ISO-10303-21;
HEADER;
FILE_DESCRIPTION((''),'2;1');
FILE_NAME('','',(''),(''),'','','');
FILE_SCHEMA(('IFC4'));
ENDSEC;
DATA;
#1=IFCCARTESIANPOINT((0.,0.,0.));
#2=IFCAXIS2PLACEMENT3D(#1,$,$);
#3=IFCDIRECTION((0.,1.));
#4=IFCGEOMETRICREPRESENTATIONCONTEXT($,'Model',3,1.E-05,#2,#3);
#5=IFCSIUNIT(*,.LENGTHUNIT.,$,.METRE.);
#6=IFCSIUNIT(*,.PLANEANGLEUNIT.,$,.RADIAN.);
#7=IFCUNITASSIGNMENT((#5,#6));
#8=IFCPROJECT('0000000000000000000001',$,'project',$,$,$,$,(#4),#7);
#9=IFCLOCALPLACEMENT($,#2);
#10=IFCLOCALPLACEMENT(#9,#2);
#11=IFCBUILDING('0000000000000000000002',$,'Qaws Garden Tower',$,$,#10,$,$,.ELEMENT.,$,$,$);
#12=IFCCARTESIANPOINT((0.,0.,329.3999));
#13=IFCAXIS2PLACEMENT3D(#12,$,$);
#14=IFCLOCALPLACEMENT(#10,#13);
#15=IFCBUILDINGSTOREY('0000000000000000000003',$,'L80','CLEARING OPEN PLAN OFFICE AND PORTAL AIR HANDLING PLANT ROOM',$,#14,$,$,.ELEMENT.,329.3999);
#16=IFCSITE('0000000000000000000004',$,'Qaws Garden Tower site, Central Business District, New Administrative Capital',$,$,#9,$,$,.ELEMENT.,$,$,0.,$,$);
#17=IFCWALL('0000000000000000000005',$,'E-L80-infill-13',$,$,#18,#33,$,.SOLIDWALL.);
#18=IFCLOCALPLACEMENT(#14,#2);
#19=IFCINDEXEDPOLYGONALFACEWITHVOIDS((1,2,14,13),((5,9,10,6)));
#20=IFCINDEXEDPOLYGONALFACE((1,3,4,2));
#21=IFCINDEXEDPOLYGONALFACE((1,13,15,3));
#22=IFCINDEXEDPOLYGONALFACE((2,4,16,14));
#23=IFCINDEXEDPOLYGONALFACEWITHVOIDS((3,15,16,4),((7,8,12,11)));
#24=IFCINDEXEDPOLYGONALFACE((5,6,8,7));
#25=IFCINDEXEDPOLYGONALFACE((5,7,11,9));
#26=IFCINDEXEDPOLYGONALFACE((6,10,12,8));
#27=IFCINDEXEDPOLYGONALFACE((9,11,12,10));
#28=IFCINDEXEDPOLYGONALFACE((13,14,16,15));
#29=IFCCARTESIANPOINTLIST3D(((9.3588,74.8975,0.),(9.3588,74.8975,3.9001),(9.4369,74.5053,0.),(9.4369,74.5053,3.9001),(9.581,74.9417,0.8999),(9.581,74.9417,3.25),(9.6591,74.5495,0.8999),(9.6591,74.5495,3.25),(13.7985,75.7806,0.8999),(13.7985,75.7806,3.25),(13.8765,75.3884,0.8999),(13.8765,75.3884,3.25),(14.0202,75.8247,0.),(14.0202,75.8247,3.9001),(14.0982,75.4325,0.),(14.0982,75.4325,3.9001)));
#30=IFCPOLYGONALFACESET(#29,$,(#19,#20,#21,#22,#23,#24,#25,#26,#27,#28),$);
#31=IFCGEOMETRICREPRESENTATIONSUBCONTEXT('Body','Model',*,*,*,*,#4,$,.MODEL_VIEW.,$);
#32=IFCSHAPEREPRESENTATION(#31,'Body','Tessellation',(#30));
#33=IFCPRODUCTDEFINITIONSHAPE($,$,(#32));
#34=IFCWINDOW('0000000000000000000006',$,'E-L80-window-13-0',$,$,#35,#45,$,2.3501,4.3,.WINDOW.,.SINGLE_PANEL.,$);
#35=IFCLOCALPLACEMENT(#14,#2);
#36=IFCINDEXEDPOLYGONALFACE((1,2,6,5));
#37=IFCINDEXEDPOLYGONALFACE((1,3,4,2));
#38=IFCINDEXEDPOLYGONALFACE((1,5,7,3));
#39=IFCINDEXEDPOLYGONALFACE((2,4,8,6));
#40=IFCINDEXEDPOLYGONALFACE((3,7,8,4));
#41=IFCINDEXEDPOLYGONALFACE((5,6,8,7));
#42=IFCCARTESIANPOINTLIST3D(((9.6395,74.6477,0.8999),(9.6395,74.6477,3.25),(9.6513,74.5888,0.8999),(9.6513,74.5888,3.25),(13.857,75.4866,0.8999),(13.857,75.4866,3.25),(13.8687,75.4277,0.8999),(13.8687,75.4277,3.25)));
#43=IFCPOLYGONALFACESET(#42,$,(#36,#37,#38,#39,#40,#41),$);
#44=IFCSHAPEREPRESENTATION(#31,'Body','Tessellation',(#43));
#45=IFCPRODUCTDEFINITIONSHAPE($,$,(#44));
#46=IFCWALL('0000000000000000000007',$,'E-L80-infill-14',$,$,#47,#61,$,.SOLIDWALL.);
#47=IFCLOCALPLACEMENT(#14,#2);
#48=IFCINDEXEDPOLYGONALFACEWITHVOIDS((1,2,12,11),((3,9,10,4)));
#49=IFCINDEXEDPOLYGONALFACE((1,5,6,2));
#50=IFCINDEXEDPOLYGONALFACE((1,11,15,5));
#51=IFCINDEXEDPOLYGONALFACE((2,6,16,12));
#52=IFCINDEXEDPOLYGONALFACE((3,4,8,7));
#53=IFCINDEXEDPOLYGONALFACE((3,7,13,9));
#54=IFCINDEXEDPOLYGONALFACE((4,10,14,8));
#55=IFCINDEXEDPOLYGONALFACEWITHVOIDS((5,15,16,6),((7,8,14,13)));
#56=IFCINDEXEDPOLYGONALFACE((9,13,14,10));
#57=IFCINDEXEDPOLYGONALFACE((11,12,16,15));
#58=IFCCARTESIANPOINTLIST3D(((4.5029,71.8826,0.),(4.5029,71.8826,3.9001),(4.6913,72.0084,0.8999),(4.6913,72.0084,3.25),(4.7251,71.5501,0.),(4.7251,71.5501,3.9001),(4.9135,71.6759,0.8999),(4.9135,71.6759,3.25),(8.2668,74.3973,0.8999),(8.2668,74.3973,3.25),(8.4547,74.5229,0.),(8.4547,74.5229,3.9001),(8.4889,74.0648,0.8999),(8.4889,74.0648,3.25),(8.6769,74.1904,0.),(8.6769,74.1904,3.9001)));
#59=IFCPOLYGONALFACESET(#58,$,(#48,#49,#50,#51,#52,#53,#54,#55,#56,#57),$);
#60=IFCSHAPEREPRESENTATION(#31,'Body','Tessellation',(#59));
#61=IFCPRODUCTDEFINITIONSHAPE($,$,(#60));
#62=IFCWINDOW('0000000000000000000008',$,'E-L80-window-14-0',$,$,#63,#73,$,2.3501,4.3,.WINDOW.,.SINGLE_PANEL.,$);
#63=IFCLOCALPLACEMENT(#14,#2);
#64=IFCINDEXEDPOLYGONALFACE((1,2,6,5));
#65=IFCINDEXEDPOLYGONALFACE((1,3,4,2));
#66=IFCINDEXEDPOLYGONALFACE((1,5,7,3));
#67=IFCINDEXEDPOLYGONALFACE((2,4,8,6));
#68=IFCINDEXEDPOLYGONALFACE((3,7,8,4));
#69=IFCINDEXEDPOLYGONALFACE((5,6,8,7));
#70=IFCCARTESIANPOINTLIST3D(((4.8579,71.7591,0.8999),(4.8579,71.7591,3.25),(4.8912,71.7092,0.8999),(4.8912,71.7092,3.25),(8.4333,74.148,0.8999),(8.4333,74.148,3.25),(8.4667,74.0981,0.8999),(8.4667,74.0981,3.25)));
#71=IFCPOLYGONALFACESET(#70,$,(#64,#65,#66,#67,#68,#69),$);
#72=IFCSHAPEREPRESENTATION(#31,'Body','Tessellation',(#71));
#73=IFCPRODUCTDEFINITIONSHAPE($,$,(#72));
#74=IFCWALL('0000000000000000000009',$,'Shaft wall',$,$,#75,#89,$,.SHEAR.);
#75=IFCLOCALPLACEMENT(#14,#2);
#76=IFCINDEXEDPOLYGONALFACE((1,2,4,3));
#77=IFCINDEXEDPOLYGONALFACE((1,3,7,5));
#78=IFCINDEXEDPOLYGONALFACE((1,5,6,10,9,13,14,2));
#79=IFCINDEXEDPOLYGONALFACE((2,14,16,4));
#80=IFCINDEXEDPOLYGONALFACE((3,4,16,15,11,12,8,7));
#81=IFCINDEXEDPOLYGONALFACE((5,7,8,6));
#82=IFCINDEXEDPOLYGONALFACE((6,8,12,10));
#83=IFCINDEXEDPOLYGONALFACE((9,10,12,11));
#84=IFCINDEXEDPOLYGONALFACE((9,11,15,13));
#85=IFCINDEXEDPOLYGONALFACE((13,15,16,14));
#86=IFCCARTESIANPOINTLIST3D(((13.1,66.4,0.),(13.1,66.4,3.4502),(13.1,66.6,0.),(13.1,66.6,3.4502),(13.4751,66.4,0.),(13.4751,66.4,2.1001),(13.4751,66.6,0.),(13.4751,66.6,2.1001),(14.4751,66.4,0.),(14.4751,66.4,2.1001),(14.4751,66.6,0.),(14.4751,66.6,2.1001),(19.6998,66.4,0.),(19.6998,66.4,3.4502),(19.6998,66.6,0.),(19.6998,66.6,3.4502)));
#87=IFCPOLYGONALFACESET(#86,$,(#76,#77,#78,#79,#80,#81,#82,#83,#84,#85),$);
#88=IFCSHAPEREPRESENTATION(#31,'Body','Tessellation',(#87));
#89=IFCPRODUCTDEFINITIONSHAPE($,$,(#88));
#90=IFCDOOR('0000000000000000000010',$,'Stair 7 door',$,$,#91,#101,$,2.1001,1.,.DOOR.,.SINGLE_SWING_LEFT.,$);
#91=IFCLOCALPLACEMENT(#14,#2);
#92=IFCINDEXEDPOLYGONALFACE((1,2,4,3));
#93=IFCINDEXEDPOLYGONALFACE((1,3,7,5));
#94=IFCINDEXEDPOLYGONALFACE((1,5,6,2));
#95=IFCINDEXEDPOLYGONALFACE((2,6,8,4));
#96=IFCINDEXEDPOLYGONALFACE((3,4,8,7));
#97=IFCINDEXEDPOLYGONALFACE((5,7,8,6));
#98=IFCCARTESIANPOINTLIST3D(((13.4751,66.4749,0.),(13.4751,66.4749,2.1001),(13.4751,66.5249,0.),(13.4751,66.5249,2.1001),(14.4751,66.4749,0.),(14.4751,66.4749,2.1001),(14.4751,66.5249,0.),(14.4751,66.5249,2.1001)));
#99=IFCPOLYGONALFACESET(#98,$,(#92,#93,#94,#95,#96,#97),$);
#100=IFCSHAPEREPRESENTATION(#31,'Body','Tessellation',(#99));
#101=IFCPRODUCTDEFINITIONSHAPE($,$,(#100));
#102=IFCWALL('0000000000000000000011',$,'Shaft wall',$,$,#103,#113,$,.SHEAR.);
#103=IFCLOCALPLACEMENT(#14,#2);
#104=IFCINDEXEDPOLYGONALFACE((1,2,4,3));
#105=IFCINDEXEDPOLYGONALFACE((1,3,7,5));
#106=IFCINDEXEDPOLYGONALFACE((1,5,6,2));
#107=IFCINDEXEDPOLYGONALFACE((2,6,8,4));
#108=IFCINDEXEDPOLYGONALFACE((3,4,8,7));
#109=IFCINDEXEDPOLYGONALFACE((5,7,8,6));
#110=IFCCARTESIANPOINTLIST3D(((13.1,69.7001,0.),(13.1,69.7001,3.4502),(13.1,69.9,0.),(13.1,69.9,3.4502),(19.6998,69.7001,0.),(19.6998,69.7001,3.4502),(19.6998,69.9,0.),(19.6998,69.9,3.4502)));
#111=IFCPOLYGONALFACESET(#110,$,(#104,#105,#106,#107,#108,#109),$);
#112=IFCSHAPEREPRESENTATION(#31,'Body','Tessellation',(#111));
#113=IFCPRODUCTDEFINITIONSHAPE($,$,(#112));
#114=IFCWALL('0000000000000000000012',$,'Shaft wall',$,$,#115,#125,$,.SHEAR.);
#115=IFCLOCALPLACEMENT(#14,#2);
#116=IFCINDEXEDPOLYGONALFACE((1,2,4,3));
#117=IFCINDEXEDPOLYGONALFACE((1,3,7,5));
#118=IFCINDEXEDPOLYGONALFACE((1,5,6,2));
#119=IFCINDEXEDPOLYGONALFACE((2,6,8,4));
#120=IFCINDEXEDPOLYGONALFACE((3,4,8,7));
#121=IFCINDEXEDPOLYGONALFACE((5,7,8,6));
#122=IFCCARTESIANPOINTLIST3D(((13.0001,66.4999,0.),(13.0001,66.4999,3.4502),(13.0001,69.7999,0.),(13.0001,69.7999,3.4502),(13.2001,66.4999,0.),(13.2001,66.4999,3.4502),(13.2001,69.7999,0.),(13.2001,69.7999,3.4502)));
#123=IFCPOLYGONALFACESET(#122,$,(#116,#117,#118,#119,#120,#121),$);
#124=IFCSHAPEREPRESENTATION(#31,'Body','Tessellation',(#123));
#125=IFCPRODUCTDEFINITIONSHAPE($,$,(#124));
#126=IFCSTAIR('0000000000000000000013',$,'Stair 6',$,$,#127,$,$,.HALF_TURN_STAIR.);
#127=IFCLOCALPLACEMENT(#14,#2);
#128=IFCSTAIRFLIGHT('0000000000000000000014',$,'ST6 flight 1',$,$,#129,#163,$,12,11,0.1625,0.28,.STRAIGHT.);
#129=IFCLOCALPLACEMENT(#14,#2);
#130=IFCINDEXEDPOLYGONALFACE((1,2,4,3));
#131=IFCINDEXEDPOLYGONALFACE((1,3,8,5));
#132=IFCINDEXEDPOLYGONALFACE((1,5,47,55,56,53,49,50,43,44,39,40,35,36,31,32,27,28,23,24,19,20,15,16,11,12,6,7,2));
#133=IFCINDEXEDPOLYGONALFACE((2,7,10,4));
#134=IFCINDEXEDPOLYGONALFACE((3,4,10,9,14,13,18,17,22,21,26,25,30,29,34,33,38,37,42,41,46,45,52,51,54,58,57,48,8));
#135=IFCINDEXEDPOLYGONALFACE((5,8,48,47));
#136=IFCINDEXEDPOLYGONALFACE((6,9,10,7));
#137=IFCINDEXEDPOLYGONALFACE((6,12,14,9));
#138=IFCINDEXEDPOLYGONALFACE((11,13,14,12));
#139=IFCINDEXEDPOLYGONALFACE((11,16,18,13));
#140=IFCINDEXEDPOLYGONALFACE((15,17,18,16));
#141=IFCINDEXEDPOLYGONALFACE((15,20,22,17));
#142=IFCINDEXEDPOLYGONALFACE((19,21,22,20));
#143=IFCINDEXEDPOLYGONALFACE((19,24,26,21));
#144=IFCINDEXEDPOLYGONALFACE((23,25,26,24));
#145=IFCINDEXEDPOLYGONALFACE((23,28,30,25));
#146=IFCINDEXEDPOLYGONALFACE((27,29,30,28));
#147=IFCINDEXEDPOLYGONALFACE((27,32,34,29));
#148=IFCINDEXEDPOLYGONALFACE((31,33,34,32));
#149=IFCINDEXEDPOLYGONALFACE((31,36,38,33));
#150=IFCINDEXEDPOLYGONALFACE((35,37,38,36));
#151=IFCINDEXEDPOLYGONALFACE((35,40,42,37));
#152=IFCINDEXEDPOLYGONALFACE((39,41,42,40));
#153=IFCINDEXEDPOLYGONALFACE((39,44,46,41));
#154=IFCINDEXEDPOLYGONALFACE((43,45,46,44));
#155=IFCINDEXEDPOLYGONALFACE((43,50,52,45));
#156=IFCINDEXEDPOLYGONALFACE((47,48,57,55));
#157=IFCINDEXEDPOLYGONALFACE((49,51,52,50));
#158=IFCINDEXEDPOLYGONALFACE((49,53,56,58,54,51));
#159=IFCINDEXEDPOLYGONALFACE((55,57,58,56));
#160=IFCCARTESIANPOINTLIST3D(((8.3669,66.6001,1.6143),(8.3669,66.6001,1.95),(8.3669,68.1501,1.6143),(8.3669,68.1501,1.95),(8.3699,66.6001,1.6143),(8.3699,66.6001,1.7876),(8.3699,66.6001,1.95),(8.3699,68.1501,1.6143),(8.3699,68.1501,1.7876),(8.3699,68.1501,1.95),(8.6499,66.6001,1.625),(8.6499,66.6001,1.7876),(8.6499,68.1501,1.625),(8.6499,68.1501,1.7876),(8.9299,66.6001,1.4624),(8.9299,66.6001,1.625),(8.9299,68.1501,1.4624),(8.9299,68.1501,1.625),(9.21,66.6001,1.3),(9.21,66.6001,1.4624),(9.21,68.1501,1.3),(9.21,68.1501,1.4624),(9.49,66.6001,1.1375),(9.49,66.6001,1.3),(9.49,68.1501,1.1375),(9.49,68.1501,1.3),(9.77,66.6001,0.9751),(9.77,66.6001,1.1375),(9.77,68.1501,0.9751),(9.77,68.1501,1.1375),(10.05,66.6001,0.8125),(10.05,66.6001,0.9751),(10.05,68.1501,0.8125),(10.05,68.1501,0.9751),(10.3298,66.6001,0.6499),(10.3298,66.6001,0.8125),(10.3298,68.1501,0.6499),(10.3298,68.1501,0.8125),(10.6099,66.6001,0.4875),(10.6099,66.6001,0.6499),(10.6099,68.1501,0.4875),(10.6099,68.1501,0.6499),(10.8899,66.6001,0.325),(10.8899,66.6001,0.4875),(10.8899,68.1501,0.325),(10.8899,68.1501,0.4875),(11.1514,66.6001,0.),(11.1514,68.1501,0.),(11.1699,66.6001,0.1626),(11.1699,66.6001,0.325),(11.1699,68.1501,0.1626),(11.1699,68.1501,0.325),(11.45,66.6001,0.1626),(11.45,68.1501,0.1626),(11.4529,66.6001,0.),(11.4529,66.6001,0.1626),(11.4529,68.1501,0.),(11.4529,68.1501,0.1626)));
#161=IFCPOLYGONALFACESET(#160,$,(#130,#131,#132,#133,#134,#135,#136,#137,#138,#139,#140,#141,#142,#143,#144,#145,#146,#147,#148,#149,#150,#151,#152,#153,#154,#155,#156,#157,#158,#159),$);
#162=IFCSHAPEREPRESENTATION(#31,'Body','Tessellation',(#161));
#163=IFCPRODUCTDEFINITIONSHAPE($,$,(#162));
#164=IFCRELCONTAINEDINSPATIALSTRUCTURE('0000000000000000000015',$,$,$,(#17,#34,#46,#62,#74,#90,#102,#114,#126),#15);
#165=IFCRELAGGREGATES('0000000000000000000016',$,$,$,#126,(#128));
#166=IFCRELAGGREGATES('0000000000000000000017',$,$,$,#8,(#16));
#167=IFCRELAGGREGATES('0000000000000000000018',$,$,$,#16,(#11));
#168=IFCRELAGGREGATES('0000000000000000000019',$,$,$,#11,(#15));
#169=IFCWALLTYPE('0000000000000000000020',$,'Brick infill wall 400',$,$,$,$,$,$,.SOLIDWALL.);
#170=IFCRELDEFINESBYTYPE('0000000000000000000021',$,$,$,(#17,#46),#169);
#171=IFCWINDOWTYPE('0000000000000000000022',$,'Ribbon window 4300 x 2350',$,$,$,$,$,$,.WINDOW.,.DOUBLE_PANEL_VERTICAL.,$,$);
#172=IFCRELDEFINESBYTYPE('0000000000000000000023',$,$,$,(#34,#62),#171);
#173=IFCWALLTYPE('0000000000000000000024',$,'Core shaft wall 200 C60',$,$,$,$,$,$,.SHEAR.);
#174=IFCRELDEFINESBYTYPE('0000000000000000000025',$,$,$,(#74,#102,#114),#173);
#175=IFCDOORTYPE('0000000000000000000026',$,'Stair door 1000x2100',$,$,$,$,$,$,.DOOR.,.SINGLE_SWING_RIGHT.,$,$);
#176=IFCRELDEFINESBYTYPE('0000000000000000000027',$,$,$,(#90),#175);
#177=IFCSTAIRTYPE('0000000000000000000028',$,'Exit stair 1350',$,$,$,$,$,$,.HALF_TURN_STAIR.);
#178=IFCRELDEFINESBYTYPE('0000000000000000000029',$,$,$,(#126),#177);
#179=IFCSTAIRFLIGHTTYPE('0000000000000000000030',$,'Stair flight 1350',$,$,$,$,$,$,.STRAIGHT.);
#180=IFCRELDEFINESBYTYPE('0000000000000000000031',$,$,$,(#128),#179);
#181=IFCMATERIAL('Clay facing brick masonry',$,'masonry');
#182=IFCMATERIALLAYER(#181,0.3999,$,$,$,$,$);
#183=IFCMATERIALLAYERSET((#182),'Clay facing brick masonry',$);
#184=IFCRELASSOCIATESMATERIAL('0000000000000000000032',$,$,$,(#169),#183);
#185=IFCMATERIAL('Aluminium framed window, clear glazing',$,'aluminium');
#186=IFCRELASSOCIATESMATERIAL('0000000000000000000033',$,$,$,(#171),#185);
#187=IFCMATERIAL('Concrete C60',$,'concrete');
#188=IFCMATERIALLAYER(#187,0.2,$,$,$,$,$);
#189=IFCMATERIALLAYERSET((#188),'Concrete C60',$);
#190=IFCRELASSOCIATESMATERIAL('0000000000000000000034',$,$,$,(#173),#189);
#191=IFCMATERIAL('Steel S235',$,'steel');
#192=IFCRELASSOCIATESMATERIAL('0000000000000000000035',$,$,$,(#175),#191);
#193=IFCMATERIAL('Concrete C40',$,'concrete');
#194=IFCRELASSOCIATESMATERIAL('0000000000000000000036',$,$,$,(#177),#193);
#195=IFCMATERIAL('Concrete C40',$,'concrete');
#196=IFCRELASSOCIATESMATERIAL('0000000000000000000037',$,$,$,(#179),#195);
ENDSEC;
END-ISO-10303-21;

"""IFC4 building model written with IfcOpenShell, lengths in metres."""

from ifc_helpers import new_model, si_unit, direction, frame, frame_2d, origin, place, context, subcontext, project, spatial, polyline, rectangle, outline, extrude, material, layer, layer_set, type_object, element, fill, aggregate, save


model = new_model("IFC4")

# Units and contexts
model_context = context("Model", 3, precision=1e-05, world=origin(), true_north=direction((0.0, 1.0)))
body_context = subcontext(model_context, "Body", "Model", "MODEL_VIEW")
ifc_project = project(units=[si_unit("LENGTHUNIT", "METRE"), si_unit("PLANEANGLEUNIT", "RADIAN")], contexts=[model_context])

# Site, building, storey
site_placement = place(None, origin())
site = spatial("IfcSite", under=ifc_project, at=site_placement, Name="Qaws Garden Tower site, Central Business District, New Administrative Capital", CompositionType="ELEMENT", RefElevation=0.0)
building_placement = place(site_placement, origin())
building = spatial("IfcBuilding", under=site, at=building_placement, Name="Qaws Garden Tower", CompositionType="ELEMENT")
storey_placement = place(building_placement, frame((0.0, 0.0, 329.3999)))
storey = spatial("IfcBuildingStorey", under=building, at=storey_placement, Name="L80", Description="CLEARING OPEN PLAN OFFICE AND PORTAL AIR HANDLING PLANT ROOM", CompositionType="ELEMENT", Elevation=329.3999)

# Shared definitions
placement = place(storey_placement, origin())

# Walls, openings, windows
ifc_material_1 = material(Name="Clay facing brick masonry", Category="masonry")
ifc_layer_1 = layer(ifc_material_1, 0.3999)
ifc_layer_set_1 = layer_set([ifc_layer_1], Name="Clay facing brick masonry")
wall_type_1 = type_object("IfcWallType", Name="Brick infill wall 400", PredefinedType="SOLIDWALL", material=ifc_layer_set_1)
wall_1_placement = place(storey_placement, frame((14.0593, 75.6287, 0.0), z_axis=(0.0, 0.0, 1.0), x_axis=(-0.980784, -0.195099, 0.0)))
wall_1 = element("IfcWall", 1, at=wall_1_placement, inside=storey, type_object=wall_type_1, Name="E-L80-infill-13", PredefinedType="SOLIDWALL", context=body_context, shape_type="SweptSolid", body=[
    extrude(rectangle(XDim=4.7527, YDim=0.3999, at=frame_2d((2.3765, 0.0))), origin(), (0.0, 0.0, 1.0), 3.9001),
])
opening_1_placement = place(wall_1_placement, frame((0.2263, 0.0, 0.8999)))
opening_1 = element("IfcOpeningElement", 2, at=opening_1_placement, cuts=wall_1, PredefinedType="OPENING", context=body_context, shape_type="SweptSolid", body=[
    extrude(rectangle(XDim=4.3, YDim=2.3501, at=frame_2d((2.1499, 1.175))), frame((0.0, 0.21, 0.0), z_axis=(0.0, -1.0, 0.0), x_axis=(1.0, 0.0, 0.0)), (0.0, 0.0, 1.0), 0.4199),
])
ifc_material_2 = material(Name="Aluminium framed window, clear glazing", Category="aluminium")
window_type = type_object("IfcWindowType", Name="Ribbon window 4300 x 2350", PartitioningType="DOUBLE_PANEL_VERTICAL", PredefinedType="WINDOW", material=ifc_material_2)
window_1_placement = place(opening_1_placement, origin())
window_1 = element("IfcWindow", 3, at=window_1_placement, inside=storey, type_object=window_type, Name="E-L80-window-13-0", OverallHeight=2.3501, OverallWidth=4.3, PartitioningType="SINGLE_PANEL", PredefinedType="WINDOW", context=body_context, shape_type="SweptSolid", body=[
    extrude(rectangle(XDim=4.3, YDim=2.3501, at=frame_2d((2.1499, 1.175))), frame((0.0, 0.1599, 0.0), z_axis=(0.0, -1.0, 0.0), x_axis=(1.0, 0.0, 0.0)), (0.0, 0.0, 1.0), 0.0601),
])
fill(opening_1, window_1)
wall_2_placement = place(storey_placement, frame((8.5659, 74.3567, 0.0), z_axis=(0.0, 0.0, 1.0), x_axis=(-0.831489, -0.555542, 0.0)))
wall_2 = element("IfcWall", 4, at=wall_2_placement, inside=storey, type_object=wall_type_1, Name="E-L80-infill-14", PredefinedType="SOLIDWALL", context=body_context, shape_type="SweptSolid", body=[
    extrude(rectangle(XDim=4.7527, YDim=0.3999, at=frame_2d((2.3765, 0.0))), origin(), (0.0, 0.0, 1.0), 3.9001),
])
opening_2_placement = place(wall_2_placement, frame((0.2263, 0.0, 0.8999)))
opening_2 = element("IfcOpeningElement", 5, at=opening_2_placement, cuts=wall_2, PredefinedType="OPENING", context=body_context, shape_type="SweptSolid", body=[
    extrude(rectangle(XDim=4.3, YDim=2.3501, at=frame_2d((2.1499, 1.175))), frame((0.0, 0.21, 0.0), z_axis=(0.0, -1.0, 0.0), x_axis=(1.0, 0.0, 0.0)), (0.0, 0.0, 1.0), 0.4199),
])
window_2_placement = place(opening_2_placement, origin())
window_2 = element("IfcWindow", 6, at=window_2_placement, inside=storey, type_object=window_type, Name="E-L80-window-14-0", OverallHeight=2.3501, OverallWidth=4.3, PartitioningType="SINGLE_PANEL", PredefinedType="WINDOW", context=body_context, shape_type="SweptSolid", body=[
    extrude(rectangle(XDim=4.3, YDim=2.3501, at=frame_2d((2.1499, 1.175))), frame((0.0, 0.1599, 0.0), z_axis=(0.0, -1.0, 0.0), x_axis=(1.0, 0.0, 0.0)), (0.0, 0.0, 1.0), 0.0601),
])
fill(opening_2, window_2)

# Wall, opening, door
ifc_material_3 = material(Name="Concrete C60", Category="concrete")
ifc_layer_2 = layer(ifc_material_3, 0.2)
ifc_layer_set_2 = layer_set([ifc_layer_2], Name="Concrete C60")
wall_type_2 = type_object("IfcWallType", Name="Core shaft wall 200 C60", PredefinedType="SHEAR", material=ifc_layer_set_2)
wall_3_placement = place(storey_placement, frame((13.1001, 66.5, 0.0), z_axis=(0.0, 0.0, 1.0), x_axis=(1.0, 0.0, 0.0)))
wall_3 = element("IfcWall", 7, at=wall_3_placement, inside=storey, type_object=wall_type_2, Name="Shaft wall", PredefinedType="SHEAR", context=body_context, shape_type="SweptSolid", body=[
    extrude(rectangle(XDim=6.5999, YDim=0.2, at=frame_2d((3.2998, 0.0))), origin(), (0.0, 0.0, 1.0), 3.4502),
])
opening_3_placement = place(wall_3_placement, frame((0.375, 0.0, 0.0)))
opening_3 = element("IfcOpeningElement", 8, at=opening_3_placement, cuts=wall_3, PredefinedType="OPENING", context=body_context, shape_type="SweptSolid", body=[
    extrude(rectangle(XDim=1.0, YDim=2.1001, at=frame_2d((0.5, 1.05))), frame((0.0, 0.1099, 0.0), z_axis=(0.0, -1.0, 0.0), x_axis=(1.0, 0.0, 0.0)), (0.0, 0.0, 1.0), 0.22),
])
ifc_material_4 = material(Name="Steel S235", Category="steel")
door_type = type_object("IfcDoorType", Name="Stair door 1000x2100", OperationType="SINGLE_SWING_RIGHT", PredefinedType="DOOR", material=ifc_material_4)
door_placement = place(opening_3_placement, origin())
door = element("IfcDoor", 9, at=door_placement, inside=storey, type_object=door_type, Name="Stair 7 door", OperationType="SINGLE_SWING_LEFT", OverallHeight=2.1001, OverallWidth=1.0, PredefinedType="DOOR", context=body_context, shape_type="SweptSolid", body=[
    extrude(rectangle(XDim=1.0, YDim=2.1001, at=frame_2d((0.5, 1.05))), frame((0.0, 0.0249, 0.0), z_axis=(0.0, -1.0, 0.0), x_axis=(1.0, 0.0, 0.0)), (0.0, 0.0, 1.0), 0.05),
])
fill(opening_3, door)

# Walls
wall_4_placement = place(storey_placement, frame((13.1001, 69.8, 0.0), z_axis=(0.0, 0.0, 1.0), x_axis=(1.0, 0.0, 0.0)))
element("IfcWall", 10, at=wall_4_placement, inside=storey, type_object=wall_type_2, Name="Shaft wall", PredefinedType="SHEAR", context=body_context, shape_type="SweptSolid", body=[
    extrude(rectangle(XDim=6.5999, YDim=0.2, at=frame_2d((3.2998, 0.0))), origin(), (0.0, 0.0, 1.0), 3.4502),
])
wall_5_placement = place(storey_placement, frame((13.1001, 66.5, 0.0), z_axis=(0.0, 0.0, 1.0), x_axis=(0.0, 1.0, 0.0)))
element("IfcWall", 11, at=wall_5_placement, inside=storey, type_object=wall_type_2, Name="Shaft wall", PredefinedType="SHEAR", context=body_context, shape_type="SweptSolid", body=[
    extrude(rectangle(XDim=3.3, YDim=0.2, at=frame_2d((1.6499, 0.0))), origin(), (0.0, 0.0, 1.0), 3.4502),
])

# Stair, stair flight
ifc_material_5 = material(Name="Concrete C40", Category="concrete")
stair_type = type_object("IfcStairType", Name="Exit stair 1350", PredefinedType="HALF_TURN_STAIR", material=ifc_material_5)
stair = element("IfcStair", 12, at=placement, inside=storey, type_object=stair_type, Name="Stair 6", PredefinedType="HALF_TURN_STAIR")
ifc_material_6 = material(Name="Concrete C40", Category="concrete")
stair_flight_type = type_object("IfcStairFlightType", Name="Stair flight 1350", PredefinedType="STRAIGHT", material=ifc_material_6)
stair_flight_1_placement = place(storey_placement, frame((11.45, 67.375, 0.0), z_axis=(0.0, 0.0, 1.0), x_axis=(-1.0, 0.0, 0.0)))
stair_flight_1 = element("IfcStairFlight", 13, at=stair_flight_1_placement, type_object=stair_flight_type, Name="ST6 flight 1", NumberOfRisers=12, NumberOfTreads=11, PredefinedType="STRAIGHT", RiserHeight=0.1625, TreadLength=0.28, context=body_context, shape_type="SweptSolid", body=[
    extrude(outline(polyline([(-0.0029, 0.0), (-0.0029, 0.1626), (0.0, 0.1626), (0.28, 0.1626), (0.28, 0.325), (0.5601, 0.325), (0.5601, 0.4875), (0.8401, 0.4875), (0.8401, 0.6499), (1.1201, 0.6499), (1.1201, 0.8125), (1.3999, 0.8125), (1.3999, 0.9751), (1.6799, 0.9751), (1.6799, 1.1375), (1.96, 1.1375), (1.96, 1.3), (2.24, 1.3), (2.24, 1.4624), (2.52, 1.4624), (2.52, 1.625), (2.8, 1.625), (2.8, 1.7876), (3.0801, 1.7876), (3.0801, 1.95), (3.083, 1.95), (3.083, 1.6143), (3.0801, 1.6143), (0.2986, 0.0), (-0.0029, 0.0)])), frame((0.0, 0.7749, 0.0), z_axis=(0.0, -1.0, 0.0), x_axis=(1.0, 0.0, 0.0)), (0.0, 0.0, 1.0), 1.55),
])
aggregate(stair, [stair_flight_1])

save(model, "model.ifc")
